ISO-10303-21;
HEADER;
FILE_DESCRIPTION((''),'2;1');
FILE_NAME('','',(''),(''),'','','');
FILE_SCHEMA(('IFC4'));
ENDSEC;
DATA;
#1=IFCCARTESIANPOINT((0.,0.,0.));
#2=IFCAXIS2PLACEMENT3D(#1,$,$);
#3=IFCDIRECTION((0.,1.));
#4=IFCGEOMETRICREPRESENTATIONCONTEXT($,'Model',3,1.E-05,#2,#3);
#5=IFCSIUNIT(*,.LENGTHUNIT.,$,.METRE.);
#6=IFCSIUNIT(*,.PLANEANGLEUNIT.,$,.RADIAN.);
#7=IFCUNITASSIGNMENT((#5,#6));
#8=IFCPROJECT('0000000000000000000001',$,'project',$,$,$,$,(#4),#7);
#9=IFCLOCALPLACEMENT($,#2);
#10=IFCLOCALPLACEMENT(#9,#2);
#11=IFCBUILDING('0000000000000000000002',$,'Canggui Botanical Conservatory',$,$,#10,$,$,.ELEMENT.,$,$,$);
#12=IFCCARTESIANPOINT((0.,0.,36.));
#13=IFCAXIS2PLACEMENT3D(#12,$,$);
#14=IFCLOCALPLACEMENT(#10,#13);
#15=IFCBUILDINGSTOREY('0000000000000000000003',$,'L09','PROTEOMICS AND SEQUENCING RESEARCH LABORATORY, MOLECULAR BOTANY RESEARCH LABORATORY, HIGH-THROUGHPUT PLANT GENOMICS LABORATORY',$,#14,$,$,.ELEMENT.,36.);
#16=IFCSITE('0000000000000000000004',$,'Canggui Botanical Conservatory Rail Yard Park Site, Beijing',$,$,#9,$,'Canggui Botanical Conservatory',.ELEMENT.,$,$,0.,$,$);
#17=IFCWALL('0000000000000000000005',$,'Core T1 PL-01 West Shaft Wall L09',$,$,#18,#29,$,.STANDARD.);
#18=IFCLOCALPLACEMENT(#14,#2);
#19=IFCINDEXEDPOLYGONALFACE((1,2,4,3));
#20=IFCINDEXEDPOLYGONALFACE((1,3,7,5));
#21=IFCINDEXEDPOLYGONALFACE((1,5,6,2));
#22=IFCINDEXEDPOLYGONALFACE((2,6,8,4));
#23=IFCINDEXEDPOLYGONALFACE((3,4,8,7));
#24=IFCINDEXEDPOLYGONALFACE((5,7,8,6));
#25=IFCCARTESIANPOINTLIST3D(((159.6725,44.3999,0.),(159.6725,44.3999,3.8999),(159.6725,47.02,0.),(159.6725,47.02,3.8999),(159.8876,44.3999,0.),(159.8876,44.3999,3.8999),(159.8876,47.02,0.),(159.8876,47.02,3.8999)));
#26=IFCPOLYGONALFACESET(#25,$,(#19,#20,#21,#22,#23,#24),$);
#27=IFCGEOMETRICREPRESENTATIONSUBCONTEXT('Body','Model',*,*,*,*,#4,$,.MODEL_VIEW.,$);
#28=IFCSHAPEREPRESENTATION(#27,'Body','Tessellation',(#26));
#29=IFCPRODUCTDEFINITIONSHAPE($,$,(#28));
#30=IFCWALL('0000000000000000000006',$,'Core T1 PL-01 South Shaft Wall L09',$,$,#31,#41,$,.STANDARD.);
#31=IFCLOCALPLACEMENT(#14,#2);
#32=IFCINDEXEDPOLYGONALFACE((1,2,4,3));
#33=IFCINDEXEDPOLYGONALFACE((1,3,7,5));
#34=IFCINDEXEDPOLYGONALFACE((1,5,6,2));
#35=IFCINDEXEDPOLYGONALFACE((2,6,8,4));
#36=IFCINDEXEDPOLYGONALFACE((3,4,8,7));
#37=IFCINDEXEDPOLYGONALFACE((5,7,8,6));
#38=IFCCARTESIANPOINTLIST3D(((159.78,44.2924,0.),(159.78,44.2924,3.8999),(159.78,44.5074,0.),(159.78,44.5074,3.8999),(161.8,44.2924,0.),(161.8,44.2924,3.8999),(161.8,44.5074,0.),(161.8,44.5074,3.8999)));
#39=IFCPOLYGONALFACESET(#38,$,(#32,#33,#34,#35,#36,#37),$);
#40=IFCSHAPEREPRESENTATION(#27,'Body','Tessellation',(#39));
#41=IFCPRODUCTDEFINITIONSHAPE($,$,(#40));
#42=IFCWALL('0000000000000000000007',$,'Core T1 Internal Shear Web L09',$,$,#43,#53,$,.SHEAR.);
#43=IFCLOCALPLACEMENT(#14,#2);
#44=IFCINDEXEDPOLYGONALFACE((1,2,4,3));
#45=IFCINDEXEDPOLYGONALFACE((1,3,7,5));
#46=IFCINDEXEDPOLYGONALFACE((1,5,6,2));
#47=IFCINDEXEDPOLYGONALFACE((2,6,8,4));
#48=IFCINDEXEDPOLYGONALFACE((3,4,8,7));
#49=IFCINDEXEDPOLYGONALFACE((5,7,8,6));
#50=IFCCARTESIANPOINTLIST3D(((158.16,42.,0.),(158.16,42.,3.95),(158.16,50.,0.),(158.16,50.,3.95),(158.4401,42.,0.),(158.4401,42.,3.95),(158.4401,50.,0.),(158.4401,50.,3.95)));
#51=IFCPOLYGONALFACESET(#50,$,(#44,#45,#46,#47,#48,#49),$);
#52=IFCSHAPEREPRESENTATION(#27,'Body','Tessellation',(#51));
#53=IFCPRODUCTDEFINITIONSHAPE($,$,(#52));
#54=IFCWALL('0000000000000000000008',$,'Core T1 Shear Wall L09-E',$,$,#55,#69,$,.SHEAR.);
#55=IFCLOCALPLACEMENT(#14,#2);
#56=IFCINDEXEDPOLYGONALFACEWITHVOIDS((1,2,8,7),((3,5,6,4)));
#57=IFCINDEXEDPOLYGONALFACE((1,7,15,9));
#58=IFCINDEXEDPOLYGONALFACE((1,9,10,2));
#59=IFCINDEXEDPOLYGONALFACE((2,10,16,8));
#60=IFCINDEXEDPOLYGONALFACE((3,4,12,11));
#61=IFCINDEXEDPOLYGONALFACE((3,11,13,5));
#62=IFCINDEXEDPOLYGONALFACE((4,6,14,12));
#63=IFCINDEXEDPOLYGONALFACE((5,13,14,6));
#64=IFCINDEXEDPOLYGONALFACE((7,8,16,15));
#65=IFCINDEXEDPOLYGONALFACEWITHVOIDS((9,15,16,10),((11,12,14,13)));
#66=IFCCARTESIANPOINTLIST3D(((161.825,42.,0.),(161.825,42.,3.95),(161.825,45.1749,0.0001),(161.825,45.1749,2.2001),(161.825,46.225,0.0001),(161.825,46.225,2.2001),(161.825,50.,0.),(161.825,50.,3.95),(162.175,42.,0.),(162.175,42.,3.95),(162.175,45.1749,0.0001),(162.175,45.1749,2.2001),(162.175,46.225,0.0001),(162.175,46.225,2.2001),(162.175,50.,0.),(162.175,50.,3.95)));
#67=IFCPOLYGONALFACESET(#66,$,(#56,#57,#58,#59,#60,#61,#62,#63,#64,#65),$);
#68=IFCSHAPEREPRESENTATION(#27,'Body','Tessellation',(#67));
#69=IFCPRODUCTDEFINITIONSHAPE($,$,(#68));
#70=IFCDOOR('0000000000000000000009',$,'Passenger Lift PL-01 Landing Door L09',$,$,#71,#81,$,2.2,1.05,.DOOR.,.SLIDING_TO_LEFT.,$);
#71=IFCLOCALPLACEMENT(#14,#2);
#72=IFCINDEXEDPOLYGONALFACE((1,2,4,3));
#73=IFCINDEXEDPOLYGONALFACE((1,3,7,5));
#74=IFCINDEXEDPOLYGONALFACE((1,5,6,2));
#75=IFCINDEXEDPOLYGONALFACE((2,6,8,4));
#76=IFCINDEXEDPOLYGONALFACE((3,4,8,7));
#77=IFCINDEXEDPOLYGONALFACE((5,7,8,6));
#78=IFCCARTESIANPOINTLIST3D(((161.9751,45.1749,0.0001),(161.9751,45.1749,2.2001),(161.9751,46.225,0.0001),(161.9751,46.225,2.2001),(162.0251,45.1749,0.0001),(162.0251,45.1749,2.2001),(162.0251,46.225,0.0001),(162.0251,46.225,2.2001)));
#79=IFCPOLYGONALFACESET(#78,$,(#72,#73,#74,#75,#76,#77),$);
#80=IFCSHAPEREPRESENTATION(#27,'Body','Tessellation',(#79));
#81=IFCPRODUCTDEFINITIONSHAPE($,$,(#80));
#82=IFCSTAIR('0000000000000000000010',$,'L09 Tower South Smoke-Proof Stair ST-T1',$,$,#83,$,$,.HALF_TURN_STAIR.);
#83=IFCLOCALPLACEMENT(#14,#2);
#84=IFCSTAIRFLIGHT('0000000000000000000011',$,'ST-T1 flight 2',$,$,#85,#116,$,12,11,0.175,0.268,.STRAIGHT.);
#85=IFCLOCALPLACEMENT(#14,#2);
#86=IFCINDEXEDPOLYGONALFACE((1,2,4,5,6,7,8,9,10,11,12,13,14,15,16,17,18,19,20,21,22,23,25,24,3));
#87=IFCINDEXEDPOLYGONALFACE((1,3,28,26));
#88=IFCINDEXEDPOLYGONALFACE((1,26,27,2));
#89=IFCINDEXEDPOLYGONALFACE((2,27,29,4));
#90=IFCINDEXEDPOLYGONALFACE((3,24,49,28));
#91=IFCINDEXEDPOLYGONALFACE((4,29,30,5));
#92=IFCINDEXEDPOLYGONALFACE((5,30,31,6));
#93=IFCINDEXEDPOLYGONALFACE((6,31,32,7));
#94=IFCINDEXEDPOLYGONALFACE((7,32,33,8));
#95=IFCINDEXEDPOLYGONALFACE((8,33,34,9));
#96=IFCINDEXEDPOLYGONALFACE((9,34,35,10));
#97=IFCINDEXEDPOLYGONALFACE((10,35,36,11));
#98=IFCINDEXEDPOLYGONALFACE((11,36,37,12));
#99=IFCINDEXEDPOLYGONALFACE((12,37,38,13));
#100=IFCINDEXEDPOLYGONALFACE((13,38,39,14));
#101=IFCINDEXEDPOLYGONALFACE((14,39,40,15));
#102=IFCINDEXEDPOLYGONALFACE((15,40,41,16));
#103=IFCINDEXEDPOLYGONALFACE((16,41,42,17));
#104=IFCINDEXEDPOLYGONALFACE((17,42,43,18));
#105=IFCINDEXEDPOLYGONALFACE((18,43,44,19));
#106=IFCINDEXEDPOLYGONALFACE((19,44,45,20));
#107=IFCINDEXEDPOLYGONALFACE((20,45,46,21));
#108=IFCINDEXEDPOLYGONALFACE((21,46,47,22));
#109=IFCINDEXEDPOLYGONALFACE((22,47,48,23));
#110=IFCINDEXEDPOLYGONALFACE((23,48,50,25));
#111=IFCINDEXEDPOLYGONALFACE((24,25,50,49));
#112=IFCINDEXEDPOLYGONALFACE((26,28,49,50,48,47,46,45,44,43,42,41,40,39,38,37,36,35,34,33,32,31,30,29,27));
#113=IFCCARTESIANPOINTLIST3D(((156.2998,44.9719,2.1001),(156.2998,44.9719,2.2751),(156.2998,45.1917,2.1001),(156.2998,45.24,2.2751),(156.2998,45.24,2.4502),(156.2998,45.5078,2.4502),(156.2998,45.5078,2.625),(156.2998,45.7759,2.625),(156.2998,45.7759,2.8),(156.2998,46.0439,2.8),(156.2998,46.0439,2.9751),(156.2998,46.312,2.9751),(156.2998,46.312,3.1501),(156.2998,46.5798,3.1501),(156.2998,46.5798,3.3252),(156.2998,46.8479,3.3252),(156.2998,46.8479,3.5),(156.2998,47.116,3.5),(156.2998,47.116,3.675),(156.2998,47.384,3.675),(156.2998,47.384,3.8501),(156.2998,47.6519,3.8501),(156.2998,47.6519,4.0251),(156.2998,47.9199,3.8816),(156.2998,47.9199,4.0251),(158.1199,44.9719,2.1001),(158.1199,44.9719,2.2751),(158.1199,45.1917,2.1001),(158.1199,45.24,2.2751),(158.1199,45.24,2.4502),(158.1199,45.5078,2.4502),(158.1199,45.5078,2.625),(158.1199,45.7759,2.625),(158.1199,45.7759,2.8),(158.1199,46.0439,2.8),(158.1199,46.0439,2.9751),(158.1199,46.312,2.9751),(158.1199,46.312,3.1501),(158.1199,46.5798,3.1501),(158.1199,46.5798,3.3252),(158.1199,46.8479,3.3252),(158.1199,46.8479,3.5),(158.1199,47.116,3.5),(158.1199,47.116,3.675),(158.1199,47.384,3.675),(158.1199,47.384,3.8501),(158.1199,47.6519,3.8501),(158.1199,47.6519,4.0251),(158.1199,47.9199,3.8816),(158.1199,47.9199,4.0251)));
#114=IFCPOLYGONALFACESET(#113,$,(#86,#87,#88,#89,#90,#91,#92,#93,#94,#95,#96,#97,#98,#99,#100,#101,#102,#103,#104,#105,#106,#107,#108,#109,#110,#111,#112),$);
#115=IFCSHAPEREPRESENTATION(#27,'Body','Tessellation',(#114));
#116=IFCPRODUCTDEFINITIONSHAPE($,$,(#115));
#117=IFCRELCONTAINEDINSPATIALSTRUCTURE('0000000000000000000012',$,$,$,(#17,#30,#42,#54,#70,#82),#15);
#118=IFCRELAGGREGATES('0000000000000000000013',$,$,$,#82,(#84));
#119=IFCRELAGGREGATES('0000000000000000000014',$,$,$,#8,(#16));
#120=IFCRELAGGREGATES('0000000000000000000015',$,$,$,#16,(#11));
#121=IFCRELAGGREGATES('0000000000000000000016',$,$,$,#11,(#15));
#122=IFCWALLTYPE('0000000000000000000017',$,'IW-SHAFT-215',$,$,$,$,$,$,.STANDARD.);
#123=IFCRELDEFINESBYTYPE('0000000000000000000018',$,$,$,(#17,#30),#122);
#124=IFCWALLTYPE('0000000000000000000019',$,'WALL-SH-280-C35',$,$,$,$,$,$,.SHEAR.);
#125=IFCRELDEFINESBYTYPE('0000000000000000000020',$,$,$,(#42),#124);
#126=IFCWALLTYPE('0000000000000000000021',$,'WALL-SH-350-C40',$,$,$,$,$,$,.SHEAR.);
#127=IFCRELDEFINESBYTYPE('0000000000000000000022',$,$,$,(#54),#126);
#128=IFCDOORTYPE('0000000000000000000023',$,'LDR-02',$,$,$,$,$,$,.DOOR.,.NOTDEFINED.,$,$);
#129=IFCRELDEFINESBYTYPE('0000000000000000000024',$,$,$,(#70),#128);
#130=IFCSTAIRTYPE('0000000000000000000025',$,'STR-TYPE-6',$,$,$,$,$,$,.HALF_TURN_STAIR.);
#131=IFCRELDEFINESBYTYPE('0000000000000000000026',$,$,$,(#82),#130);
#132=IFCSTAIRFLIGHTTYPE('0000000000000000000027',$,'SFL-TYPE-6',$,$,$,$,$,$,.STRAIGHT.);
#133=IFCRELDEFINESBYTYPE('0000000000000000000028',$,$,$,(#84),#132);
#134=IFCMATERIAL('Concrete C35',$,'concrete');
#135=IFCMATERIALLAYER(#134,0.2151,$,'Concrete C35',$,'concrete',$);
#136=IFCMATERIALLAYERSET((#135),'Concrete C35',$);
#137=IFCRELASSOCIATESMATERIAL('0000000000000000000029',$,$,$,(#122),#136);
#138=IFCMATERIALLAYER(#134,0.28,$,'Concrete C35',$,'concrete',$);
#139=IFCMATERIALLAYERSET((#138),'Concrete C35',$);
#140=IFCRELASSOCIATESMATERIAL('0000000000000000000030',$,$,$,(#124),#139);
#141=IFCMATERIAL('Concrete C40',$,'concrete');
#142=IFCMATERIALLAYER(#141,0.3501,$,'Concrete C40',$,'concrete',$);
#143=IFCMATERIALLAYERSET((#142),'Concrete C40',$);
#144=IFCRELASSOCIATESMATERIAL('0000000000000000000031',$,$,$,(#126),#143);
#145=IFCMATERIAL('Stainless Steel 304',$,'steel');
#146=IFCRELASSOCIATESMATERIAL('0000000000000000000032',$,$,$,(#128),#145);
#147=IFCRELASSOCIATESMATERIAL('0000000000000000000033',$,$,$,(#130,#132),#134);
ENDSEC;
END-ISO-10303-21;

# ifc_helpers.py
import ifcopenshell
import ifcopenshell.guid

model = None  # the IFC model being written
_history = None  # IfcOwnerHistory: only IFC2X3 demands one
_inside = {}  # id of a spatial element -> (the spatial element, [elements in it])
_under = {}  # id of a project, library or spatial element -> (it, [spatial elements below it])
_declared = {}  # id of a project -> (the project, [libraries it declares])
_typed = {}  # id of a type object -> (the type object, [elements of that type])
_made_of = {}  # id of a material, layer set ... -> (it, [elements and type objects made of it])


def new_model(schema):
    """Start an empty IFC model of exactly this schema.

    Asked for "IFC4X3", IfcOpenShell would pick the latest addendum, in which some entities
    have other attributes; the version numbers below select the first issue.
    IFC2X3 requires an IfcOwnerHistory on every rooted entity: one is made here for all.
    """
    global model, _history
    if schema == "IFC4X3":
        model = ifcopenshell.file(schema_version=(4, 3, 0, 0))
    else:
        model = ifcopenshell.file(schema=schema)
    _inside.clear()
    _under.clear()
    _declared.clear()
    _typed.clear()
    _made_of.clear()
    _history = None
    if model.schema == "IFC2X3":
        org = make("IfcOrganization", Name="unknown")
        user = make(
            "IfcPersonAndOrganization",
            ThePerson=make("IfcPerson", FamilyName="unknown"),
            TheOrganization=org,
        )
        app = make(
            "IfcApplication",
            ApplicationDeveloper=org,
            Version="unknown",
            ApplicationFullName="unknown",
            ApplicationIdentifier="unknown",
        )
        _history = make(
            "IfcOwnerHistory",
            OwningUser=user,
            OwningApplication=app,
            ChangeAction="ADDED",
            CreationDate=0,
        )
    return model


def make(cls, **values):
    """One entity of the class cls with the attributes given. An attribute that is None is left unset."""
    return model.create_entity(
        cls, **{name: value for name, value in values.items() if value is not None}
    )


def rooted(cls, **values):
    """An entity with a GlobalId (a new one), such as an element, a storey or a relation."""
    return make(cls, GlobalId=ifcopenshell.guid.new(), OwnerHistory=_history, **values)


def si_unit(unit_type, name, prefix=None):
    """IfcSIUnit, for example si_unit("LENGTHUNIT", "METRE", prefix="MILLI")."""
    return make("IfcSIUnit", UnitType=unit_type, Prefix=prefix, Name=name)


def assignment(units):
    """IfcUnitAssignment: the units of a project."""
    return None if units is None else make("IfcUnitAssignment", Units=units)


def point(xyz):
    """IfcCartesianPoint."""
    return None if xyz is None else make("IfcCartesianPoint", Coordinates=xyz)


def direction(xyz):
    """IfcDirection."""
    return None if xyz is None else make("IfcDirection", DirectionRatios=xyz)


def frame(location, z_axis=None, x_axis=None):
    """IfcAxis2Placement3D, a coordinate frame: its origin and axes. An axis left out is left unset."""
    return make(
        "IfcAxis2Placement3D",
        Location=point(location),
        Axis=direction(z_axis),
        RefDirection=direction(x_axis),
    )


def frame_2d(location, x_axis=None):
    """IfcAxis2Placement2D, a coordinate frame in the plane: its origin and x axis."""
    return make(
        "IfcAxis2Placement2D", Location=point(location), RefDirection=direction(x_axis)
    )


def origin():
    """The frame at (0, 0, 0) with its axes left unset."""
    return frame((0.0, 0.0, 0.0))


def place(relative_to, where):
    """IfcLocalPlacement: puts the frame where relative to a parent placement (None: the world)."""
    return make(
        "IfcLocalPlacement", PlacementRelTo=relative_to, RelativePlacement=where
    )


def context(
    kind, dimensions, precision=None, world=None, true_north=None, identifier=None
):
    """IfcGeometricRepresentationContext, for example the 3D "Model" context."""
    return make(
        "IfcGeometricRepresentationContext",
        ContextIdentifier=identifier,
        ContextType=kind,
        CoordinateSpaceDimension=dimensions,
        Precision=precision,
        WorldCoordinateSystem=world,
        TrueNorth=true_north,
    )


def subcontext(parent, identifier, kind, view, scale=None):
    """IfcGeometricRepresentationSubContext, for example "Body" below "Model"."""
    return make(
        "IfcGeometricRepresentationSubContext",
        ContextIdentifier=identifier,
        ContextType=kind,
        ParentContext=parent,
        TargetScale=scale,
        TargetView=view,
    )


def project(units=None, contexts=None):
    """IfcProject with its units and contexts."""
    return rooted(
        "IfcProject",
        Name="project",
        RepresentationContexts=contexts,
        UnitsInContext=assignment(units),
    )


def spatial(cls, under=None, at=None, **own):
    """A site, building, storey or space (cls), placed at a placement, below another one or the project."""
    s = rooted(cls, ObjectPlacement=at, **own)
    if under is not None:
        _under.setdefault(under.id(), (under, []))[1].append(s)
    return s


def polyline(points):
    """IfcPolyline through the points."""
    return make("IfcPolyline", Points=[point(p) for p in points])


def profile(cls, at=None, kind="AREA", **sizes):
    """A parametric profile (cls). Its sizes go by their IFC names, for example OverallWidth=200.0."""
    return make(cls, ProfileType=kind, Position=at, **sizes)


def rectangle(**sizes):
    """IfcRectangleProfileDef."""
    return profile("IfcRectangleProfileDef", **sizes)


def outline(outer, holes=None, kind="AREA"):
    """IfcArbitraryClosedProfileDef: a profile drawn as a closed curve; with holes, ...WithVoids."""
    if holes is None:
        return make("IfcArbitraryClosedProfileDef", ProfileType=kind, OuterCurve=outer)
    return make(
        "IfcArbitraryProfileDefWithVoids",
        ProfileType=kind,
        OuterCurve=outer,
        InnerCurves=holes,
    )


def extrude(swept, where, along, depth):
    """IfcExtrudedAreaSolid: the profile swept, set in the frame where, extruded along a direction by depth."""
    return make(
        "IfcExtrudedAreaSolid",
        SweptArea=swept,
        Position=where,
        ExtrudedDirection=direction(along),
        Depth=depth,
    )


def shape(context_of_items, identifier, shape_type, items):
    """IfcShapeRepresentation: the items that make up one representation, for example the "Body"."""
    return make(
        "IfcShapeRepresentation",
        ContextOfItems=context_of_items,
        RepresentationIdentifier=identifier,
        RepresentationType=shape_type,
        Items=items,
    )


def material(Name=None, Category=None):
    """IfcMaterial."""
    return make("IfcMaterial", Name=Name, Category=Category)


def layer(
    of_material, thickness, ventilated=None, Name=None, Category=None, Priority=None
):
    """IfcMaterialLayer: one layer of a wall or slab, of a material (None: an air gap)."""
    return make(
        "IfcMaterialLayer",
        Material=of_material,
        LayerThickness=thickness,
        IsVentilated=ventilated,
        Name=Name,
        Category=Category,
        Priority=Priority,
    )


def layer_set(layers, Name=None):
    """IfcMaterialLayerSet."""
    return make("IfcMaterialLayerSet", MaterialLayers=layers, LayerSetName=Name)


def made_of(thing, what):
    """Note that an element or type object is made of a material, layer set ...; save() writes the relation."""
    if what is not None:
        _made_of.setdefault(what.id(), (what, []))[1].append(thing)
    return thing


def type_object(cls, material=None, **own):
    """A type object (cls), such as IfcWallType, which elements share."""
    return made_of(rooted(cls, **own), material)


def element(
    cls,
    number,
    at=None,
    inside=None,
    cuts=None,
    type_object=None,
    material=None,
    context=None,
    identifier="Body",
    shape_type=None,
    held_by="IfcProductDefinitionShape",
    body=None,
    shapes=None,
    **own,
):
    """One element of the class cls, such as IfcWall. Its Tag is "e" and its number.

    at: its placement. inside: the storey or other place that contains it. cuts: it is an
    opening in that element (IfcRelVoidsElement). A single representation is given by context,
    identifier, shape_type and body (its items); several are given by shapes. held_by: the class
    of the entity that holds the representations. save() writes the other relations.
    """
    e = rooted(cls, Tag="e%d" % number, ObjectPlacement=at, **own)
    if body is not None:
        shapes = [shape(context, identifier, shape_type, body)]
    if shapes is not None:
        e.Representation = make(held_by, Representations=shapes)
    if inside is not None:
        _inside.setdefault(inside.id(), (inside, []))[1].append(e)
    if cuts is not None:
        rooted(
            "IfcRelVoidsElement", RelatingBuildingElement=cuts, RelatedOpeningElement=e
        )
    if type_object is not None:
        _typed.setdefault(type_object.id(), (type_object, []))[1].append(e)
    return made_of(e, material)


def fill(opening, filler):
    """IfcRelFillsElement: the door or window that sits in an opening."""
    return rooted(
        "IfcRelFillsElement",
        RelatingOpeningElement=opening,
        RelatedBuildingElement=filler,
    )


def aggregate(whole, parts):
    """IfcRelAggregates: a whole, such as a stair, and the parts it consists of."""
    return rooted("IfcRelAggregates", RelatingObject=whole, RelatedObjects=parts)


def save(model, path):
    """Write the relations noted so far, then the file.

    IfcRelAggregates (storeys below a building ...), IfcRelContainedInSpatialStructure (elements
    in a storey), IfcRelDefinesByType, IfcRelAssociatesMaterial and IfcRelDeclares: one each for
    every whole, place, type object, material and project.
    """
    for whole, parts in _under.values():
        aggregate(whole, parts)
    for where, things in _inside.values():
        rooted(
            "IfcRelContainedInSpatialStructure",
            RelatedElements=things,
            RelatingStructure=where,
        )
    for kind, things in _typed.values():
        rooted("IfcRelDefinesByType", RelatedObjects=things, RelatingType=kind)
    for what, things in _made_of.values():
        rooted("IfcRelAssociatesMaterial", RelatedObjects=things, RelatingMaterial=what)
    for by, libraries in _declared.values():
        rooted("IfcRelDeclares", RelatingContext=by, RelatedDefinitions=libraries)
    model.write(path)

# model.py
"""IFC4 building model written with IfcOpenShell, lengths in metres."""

from ifc_helpers import new_model, si_unit, direction, frame, frame_2d, origin, place, context, subcontext, project, spatial, polyline, rectangle, outline, extrude, material, layer, layer_set, type_object, element, fill, aggregate, save


model = new_model("IFC4")

# Units and contexts
model_context = context("Model", 3, precision=1e-05, world=origin(), true_north=direction((0.0, 1.0)))
body_context = subcontext(model_context, "Body", "Model", "MODEL_VIEW")
ifc_project = project(units=[si_unit("LENGTHUNIT", "METRE"), si_unit("PLANEANGLEUNIT", "RADIAN")], contexts=[model_context])

# Site, building, storey
site_placement = place(None, origin())
site = spatial("IfcSite", under=ifc_project, at=site_placement, Name="Canggui Botanical Conservatory Rail Yard Park Site, Beijing", LongName="Canggui Botanical Conservatory", CompositionType="ELEMENT", RefElevation=0.0)
building_placement = place(site_placement, origin())
building = spatial("IfcBuilding", under=site, at=building_placement, Name="Canggui Botanical Conservatory", CompositionType="ELEMENT")
storey_placement = place(building_placement, frame((0.0, 0.0, 36.0)))
storey = spatial("IfcBuildingStorey", under=building, at=storey_placement, Name="L09", Description="PROTEOMICS AND SEQUENCING RESEARCH LABORATORY, MOLECULAR BOTANY RESEARCH LABORATORY, HIGH-THROUGHPUT PLANT GENOMICS LABORATORY", CompositionType="ELEMENT", Elevation=36.0)

# Shared definitions
ifc_material_1 = material(Name="Concrete C40", Category="concrete")

# Shared definitions
ifc_material_2 = material(Name="Concrete C35", Category="concrete")

# Walls
ifc_layer_1 = layer(ifc_material_2, 0.2151, Name="Concrete C35", Category="concrete")
ifc_layer_set_1 = layer_set([ifc_layer_1], Name="Concrete C35")
wall_type_1 = type_object("IfcWallType", Name="IW-SHAFT-215", PredefinedType="STANDARD", material=ifc_layer_set_1)
wall_1_placement = place(storey_placement, frame((159.78, 44.3999, 0.0), z_axis=(0.0, 0.0, 1.0), x_axis=(0.0, 1.0, 0.0)))
element("IfcWall", 1, at=wall_1_placement, inside=storey, type_object=wall_type_1, Name="Core T1 PL-01 West Shaft Wall L09", PredefinedType="STANDARD", context=body_context, shape_type="SweptSolid", body=[
    extrude(rectangle(XDim=2.6201, YDim=0.2151, at=frame_2d((1.3101, 0.0))), origin(), (0.0, 0.0, 1.0), 3.8999),
])
wall_2_placement = place(storey_placement, frame((159.78, 44.3999, 0.0), z_axis=(0.0, 0.0, 1.0), x_axis=(1.0, 0.0, 0.0)))
element("IfcWall", 2, at=wall_2_placement, inside=storey, type_object=wall_type_1, Name="Core T1 PL-01 South Shaft Wall L09", PredefinedType="STANDARD", context=body_context, shape_type="SweptSolid", body=[
    extrude(rectangle(XDim=2.02, YDim=0.2151, at=frame_2d((1.01, 0.0))), origin(), (0.0, 0.0, 1.0), 3.8999),
])
ifc_layer_2 = layer(ifc_material_2, 0.28, Name="Concrete C35", Category="concrete")
ifc_layer_set_2 = layer_set([ifc_layer_2], Name="Concrete C35")
wall_type_2 = type_object("IfcWallType", Name="WALL-SH-280-C35", PredefinedType="SHEAR", material=ifc_layer_set_2)
wall_3_placement = place(storey_placement, frame((158.3, 42.0, 0.0), z_axis=(0.0, 0.0, 1.0), x_axis=(0.0, 1.0, 0.0)))
element("IfcWall", 3, at=wall_3_placement, inside=storey, type_object=wall_type_2, Name="Core T1 Internal Shear Web L09", PredefinedType="SHEAR", context=body_context, shape_type="SweptSolid", body=[
    extrude(rectangle(XDim=8.0, YDim=0.28, at=frame_2d((4.0, 0.0))), origin(), (0.0, 0.0, 1.0), 3.95),
])

# Wall, opening, door
ifc_layer_3 = layer(ifc_material_1, 0.3501, Name="Concrete C40", Category="concrete")
ifc_layer_set_3 = layer_set([ifc_layer_3], Name="Concrete C40")
wall_type_3 = type_object("IfcWallType", Name="WALL-SH-350-C40", PredefinedType="SHEAR", material=ifc_layer_set_3)
wall_4_placement = place(storey_placement, frame((162.0, 42.0, 0.0), z_axis=(0.0, 0.0, 1.0), x_axis=(0.0, 1.0, 0.0)))
wall_4 = element("IfcWall", 4, at=wall_4_placement, inside=storey, type_object=wall_type_3, Name="Core T1 Shear Wall L09-E", PredefinedType="SHEAR", context=body_context, shape_type="SweptSolid", body=[
    extrude(rectangle(XDim=8.0, YDim=0.3501, at=frame_2d((4.0, 0.0))), origin(), (0.0, 0.0, 1.0), 3.95),
])
opening_1_placement = place(wall_4_placement, frame((3.175, 0.0, 0.0)))
opening_1 = element("IfcOpeningElement", 5, at=opening_1_placement, cuts=wall_4, PredefinedType="OPENING", context=body_context, shape_type="SweptSolid", body=[
    extrude(rectangle(XDim=1.05, YDim=2.2, at=frame_2d((0.5249, 1.1001))), frame((0.0, 0.1851, 0.0), z_axis=(0.0, -1.0, 0.0), x_axis=(1.0, 0.0, 0.0)), (0.0, 0.0, 1.0), 0.3701),
])
ifc_material_3 = material(Name="Stainless Steel 304", Category="steel")
door_type_1 = type_object("IfcDoorType", Name="LDR-02", OperationType="NOTDEFINED", PredefinedType="DOOR", material=ifc_material_3)
door_1_placement = place(opening_1_placement, origin())
door_1 = element("IfcDoor", 6, at=door_1_placement, inside=storey, type_object=door_type_1, Name="Passenger Lift PL-01 Landing Door L09", OperationType="SLIDING_TO_LEFT", OverallHeight=2.2, OverallWidth=1.05, PredefinedType="DOOR", context=body_context, shape_type="SweptSolid", body=[
    extrude(rectangle(XDim=1.05, YDim=2.2, at=frame_2d((0.5249, 1.1001))), frame((0.0, 0.0249, 0.0), z_axis=(0.0, -1.0, 0.0), x_axis=(1.0, 0.0, 0.0)), (0.0, 0.0, 1.0), 0.05),
])
fill(opening_1, door_1)

# Stair, stair flight
stair_type = type_object("IfcStairType", Name="STR-TYPE-6", PredefinedType="HALF_TURN_STAIR", material=ifc_material_2)
stair_placement = place(storey_placement, origin())
stair = element("IfcStair", 7, at=stair_placement, inside=storey, type_object=stair_type, Name="L09 Tower South Smoke-Proof Stair ST-T1", PredefinedType="HALF_TURN_STAIR")
stair_flight_type = type_object("IfcStairFlightType", Name="SFL-TYPE-6", PredefinedType="STRAIGHT", material=ifc_material_2)
stair_flight_placement = place(storey_placement, frame((157.21, 44.9719, 2.1001), z_axis=(0.0, 0.0, 1.0), x_axis=(0.0, 1.0, 0.0)))
stair_flight = element("IfcStairFlight", 8, at=stair_flight_placement, type_object=stair_flight_type, Name="ST-T1 flight 2", NumberOfRisers=12, NumberOfTreads=11, PredefinedType="STRAIGHT", RiserHeight=0.175, TreadLength=0.268, context=body_context, shape_type="SweptSolid", body=[
    extrude(outline(polyline([(0.0, 0.0), (0.0, 0.175), (0.2681, 0.175), (0.2681, 0.3501), (0.5359, 0.3501), (0.5359, 0.5249), (0.804, 0.5249), (0.804, 0.7), (1.072, 0.7), (1.072, 0.875), (1.3401, 0.875), (1.3401, 1.05), (1.6079, 1.05), (1.6079, 1.2251), (1.876, 1.2251), (1.876, 1.3999), (2.144, 1.3999), (2.144, 1.575), (2.4121, 1.575), (2.4121, 1.75), (2.6799, 1.75), (2.6799, 1.925), (2.948, 1.925), (2.948, 2.1001), (2.948, 1.7815), (0.2197, 0.0), (0.0, 0.0)])), frame((0.0, 0.9102, 0.0), z_axis=(0.0, -1.0, 0.0), x_axis=(1.0, 0.0, 0.0)), (0.0, 0.0, 1.0), 1.8201),
])
aggregate(stair, [stair_flight])

save(model, "model.ifc")
